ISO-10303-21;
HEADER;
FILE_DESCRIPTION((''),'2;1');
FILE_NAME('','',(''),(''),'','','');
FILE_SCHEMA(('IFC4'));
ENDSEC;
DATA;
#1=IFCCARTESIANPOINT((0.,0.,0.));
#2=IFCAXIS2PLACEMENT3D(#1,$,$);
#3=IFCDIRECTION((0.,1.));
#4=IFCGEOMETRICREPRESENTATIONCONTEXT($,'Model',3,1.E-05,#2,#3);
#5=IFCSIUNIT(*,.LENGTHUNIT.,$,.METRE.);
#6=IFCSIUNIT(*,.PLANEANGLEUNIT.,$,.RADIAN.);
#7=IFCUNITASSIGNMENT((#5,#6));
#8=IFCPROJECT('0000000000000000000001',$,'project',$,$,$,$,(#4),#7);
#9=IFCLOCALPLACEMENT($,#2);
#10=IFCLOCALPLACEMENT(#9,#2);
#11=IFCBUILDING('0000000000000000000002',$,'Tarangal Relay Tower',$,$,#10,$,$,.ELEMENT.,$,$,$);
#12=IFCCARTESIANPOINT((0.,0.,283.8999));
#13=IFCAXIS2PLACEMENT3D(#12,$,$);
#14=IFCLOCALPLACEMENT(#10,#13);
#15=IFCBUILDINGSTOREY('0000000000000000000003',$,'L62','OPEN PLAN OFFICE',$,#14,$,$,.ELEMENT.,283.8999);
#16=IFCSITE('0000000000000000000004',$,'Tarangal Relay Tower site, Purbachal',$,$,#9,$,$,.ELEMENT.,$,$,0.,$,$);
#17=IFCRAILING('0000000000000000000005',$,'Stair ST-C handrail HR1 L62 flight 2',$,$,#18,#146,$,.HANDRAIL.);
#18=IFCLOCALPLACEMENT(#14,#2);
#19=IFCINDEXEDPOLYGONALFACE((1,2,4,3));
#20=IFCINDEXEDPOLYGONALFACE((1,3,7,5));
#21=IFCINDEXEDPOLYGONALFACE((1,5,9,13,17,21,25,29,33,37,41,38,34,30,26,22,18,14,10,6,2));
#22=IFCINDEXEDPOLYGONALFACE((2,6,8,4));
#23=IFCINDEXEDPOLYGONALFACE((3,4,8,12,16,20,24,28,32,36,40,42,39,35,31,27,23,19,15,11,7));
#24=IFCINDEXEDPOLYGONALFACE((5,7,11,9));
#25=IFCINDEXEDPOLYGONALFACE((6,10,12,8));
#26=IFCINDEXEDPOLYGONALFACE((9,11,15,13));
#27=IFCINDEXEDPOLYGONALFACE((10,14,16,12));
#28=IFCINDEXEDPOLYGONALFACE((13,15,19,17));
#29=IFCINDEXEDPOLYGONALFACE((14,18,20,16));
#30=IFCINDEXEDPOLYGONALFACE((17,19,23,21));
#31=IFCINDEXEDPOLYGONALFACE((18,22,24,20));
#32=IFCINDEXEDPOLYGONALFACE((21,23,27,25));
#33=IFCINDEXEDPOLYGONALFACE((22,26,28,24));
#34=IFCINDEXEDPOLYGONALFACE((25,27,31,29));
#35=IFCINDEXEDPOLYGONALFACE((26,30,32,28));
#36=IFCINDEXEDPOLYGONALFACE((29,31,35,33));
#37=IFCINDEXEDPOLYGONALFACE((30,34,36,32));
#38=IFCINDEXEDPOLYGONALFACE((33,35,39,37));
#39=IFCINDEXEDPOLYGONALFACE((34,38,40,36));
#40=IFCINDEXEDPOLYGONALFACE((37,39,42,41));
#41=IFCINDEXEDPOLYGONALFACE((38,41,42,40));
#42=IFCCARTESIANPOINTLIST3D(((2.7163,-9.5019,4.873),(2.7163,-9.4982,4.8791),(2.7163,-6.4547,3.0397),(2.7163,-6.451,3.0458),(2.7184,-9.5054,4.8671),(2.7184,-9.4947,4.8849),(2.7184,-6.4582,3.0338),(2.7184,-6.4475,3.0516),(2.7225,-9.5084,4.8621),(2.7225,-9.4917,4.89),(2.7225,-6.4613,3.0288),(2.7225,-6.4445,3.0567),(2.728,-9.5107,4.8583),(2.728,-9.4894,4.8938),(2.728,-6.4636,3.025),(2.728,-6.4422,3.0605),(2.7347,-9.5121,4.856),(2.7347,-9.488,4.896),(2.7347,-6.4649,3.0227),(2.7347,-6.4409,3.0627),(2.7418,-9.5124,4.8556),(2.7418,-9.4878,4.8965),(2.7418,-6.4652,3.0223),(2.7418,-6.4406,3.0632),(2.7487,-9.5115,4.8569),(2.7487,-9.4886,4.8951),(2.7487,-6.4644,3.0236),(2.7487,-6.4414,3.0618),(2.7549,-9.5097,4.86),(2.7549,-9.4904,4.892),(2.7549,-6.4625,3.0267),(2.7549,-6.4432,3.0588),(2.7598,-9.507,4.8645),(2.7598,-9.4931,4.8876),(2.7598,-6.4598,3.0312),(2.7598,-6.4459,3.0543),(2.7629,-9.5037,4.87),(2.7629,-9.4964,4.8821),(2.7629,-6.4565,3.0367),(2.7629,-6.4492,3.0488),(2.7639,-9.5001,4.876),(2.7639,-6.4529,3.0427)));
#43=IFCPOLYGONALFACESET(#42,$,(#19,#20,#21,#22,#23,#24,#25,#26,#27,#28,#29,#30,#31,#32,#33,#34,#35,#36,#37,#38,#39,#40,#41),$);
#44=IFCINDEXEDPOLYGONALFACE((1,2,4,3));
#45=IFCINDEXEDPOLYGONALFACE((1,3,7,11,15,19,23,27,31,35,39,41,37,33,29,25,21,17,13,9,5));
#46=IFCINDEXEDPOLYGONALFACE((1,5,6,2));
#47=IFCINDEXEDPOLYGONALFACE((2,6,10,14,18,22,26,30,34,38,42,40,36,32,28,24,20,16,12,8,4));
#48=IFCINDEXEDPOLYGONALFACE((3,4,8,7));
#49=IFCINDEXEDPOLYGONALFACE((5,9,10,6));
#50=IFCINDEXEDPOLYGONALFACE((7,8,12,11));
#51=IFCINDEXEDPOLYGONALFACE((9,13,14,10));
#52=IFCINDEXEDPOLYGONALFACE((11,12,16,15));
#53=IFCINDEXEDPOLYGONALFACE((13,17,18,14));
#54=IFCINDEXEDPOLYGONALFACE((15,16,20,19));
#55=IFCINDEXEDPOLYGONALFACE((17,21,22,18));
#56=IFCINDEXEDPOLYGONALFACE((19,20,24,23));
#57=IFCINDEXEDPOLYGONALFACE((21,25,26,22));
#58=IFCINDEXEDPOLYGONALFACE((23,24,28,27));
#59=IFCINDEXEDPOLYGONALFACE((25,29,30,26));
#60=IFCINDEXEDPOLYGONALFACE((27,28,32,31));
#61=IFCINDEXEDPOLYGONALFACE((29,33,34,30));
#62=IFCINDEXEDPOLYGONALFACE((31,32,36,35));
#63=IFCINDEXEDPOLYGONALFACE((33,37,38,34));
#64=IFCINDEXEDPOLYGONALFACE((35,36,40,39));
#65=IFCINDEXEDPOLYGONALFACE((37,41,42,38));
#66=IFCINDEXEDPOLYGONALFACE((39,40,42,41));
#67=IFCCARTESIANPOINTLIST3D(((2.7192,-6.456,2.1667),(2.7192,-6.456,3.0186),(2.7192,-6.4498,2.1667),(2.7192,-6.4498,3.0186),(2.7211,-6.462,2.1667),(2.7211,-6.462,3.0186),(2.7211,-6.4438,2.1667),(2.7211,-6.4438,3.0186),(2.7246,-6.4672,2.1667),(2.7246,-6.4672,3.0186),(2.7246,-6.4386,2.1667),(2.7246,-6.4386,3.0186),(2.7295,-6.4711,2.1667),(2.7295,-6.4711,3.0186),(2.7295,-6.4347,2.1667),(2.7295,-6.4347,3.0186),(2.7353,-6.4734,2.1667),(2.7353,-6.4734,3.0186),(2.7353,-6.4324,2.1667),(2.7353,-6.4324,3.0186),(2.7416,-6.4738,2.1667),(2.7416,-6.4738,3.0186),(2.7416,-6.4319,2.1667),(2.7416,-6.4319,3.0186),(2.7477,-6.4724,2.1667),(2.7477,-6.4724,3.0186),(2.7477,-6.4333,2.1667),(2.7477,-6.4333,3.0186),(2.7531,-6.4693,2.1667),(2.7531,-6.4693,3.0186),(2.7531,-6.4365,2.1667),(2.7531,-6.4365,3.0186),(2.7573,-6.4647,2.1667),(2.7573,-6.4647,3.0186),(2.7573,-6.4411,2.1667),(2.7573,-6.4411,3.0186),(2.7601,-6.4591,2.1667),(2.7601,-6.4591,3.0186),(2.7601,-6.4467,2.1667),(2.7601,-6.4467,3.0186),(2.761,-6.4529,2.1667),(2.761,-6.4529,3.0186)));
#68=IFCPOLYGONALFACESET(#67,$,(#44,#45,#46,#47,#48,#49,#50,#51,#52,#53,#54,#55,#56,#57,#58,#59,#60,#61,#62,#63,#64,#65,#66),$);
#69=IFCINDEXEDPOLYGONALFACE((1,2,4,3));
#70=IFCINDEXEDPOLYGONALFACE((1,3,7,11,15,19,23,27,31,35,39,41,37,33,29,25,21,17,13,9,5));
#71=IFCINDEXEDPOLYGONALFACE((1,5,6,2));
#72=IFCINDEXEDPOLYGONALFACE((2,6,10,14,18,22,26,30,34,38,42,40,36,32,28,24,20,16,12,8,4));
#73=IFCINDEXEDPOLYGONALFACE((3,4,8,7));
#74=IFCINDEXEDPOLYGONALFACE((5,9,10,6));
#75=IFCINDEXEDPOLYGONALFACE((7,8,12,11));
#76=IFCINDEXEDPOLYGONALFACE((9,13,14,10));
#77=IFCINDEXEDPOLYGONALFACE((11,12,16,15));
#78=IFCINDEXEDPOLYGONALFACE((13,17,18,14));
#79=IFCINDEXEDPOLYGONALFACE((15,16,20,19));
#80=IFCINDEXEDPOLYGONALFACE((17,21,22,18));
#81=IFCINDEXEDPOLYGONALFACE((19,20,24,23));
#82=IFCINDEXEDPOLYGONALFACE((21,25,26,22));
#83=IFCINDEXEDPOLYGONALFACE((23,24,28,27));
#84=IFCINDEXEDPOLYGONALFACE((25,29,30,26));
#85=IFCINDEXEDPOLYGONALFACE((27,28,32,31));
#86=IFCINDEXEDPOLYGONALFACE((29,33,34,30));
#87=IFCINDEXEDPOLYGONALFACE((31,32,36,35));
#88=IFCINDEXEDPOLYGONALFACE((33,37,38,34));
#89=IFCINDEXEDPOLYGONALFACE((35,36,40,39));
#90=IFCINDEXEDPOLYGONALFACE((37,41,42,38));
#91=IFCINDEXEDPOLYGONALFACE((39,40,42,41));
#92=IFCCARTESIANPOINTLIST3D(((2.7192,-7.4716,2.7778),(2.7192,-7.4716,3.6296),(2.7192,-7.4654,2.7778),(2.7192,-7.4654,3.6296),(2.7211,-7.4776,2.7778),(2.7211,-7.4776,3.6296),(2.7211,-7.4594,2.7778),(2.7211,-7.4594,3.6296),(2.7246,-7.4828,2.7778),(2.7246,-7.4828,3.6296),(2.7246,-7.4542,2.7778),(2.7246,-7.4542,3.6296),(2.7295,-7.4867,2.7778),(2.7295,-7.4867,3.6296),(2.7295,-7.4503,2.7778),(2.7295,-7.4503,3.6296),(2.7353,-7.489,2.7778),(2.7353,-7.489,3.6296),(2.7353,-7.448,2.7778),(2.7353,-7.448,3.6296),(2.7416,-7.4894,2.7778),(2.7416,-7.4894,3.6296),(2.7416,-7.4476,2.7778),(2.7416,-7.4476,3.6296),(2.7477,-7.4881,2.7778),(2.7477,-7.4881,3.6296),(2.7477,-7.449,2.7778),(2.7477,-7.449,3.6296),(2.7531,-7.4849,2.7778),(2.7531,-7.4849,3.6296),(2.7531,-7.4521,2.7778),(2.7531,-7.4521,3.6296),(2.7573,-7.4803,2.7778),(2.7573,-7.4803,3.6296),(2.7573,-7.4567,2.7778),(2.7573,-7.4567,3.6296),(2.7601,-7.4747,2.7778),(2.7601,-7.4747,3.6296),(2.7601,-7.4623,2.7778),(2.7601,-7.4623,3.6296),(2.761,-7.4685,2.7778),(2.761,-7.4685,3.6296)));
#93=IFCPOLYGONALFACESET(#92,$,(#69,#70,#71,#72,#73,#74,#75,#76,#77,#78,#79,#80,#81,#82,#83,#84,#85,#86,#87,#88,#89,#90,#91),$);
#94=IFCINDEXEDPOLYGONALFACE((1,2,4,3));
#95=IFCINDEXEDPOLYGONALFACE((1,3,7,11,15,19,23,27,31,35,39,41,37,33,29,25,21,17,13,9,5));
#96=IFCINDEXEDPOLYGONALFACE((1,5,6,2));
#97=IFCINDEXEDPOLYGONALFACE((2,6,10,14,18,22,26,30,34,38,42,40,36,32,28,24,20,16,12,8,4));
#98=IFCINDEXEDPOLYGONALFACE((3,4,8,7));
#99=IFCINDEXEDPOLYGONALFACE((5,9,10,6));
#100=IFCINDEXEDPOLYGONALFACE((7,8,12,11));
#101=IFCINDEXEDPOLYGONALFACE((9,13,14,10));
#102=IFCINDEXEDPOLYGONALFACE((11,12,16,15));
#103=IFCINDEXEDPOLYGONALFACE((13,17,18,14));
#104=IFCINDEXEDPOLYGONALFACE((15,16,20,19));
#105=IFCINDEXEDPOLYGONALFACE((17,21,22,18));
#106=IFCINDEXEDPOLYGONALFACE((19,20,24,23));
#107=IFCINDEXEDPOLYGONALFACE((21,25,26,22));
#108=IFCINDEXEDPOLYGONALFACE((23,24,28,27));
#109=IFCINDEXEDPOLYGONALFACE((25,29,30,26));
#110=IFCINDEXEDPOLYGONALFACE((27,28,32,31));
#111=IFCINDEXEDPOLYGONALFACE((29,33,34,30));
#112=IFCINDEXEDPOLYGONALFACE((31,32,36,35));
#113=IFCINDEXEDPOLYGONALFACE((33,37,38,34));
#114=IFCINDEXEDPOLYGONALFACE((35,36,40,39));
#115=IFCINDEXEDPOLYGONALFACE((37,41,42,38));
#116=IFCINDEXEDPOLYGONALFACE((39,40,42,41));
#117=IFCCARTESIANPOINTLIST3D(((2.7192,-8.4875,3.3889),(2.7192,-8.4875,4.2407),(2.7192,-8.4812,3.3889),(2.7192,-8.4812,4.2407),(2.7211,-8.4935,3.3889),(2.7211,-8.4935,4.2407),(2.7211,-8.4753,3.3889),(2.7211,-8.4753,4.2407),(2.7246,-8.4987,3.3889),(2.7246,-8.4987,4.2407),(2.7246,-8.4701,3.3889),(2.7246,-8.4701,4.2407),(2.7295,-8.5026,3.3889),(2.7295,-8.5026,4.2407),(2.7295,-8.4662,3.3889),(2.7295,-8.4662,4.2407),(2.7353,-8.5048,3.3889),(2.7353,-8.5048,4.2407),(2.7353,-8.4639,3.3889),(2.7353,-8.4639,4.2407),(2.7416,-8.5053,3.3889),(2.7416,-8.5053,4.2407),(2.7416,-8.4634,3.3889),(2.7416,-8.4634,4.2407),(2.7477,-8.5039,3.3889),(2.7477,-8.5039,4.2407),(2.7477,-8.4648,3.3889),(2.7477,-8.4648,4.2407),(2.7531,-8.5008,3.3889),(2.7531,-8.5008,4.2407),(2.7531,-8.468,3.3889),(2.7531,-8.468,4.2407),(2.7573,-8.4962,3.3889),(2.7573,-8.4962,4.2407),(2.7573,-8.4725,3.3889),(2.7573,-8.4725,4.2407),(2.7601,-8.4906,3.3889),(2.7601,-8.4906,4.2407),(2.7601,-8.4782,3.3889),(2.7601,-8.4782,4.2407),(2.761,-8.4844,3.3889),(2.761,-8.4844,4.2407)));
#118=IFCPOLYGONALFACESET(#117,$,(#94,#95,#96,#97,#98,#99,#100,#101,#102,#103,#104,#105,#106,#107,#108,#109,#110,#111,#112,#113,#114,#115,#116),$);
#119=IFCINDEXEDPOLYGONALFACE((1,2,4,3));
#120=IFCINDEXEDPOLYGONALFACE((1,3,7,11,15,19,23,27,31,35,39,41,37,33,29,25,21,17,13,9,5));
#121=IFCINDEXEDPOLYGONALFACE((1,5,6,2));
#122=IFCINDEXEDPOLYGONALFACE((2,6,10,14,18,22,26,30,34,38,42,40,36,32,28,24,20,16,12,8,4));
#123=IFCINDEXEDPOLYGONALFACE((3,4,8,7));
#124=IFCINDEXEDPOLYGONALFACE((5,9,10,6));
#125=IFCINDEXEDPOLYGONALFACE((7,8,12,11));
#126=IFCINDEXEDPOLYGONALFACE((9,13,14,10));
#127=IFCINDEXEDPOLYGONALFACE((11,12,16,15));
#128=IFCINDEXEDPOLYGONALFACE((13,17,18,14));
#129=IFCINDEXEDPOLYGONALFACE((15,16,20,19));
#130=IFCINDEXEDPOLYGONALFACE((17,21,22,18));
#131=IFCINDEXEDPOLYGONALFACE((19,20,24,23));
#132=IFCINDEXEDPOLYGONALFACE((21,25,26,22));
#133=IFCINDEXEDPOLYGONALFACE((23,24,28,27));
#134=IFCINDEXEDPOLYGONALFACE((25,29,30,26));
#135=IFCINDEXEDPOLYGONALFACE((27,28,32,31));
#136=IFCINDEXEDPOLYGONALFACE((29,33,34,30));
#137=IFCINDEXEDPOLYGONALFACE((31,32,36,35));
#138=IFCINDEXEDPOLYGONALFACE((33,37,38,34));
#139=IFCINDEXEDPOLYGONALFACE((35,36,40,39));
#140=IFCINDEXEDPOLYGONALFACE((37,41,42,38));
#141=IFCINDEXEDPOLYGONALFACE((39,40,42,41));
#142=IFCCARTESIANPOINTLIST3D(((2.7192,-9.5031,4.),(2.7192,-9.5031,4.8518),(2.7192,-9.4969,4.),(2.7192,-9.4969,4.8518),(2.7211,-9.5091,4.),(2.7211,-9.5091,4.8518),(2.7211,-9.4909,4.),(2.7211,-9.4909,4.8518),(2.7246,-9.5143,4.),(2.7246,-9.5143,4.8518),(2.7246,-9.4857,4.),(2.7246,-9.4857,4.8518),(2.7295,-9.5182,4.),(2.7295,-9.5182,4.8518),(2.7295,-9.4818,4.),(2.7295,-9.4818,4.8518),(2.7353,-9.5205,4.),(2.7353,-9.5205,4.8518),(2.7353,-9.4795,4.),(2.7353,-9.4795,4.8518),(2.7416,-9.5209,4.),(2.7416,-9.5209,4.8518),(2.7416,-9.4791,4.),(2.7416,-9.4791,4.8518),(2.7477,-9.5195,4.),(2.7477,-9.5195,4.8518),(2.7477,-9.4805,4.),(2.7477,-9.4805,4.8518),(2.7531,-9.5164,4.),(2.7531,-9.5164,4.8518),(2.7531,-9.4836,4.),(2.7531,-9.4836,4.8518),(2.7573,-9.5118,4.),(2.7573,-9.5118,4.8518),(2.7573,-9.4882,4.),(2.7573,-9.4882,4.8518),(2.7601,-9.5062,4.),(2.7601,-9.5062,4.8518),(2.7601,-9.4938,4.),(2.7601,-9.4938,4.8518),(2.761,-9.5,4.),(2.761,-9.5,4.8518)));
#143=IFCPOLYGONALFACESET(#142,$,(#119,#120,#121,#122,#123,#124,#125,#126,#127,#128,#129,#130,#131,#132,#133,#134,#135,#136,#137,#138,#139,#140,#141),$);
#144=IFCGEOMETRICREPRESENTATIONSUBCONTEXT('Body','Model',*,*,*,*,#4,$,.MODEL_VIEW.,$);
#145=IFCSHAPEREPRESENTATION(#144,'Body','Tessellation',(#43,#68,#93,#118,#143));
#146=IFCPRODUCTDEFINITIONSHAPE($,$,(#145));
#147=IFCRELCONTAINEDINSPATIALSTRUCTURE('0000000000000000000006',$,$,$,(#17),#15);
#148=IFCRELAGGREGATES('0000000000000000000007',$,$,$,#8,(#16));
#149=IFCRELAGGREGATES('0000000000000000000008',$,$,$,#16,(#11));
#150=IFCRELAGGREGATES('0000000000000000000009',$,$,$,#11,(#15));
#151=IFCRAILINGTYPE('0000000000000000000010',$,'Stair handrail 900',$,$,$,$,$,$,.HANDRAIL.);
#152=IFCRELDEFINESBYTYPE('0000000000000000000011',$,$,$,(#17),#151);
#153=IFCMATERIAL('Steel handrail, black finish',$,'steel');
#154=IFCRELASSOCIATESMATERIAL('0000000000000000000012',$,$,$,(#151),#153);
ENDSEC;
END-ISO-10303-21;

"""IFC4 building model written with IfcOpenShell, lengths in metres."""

from ifc_helpers import new_model, si_unit, direction, frame, origin, origin_2d, place, context, subcontext, project, spatial, circle, extrude, material, type_object, element, save


model = new_model("IFC4")

# Units and contexts
model_context = context("Model", 3, precision=1e-05, world=origin(), true_north=direction((0.0, 1.0)))
body_context = subcontext(model_context, "Body", "Model", "MODEL_VIEW")
ifc_project = project(units=[si_unit("LENGTHUNIT", "METRE"), si_unit("PLANEANGLEUNIT", "RADIAN")], contexts=[model_context])

# Site, building, storey
site_placement = place(None, origin())
site = spatial("IfcSite", under=ifc_project, at=site_placement, Name="Tarangal Relay Tower site, Purbachal", CompositionType="ELEMENT", RefElevation=0.0)
building_placement = place(site_placement, origin())
building = spatial("IfcBuilding", under=site, at=building_placement, Name="Tarangal Relay Tower", CompositionType="ELEMENT")
storey_placement = place(building_placement, frame((0.0, 0.0, 283.8999)))
storey = spatial("IfcBuildingStorey", under=building, at=storey_placement, Name="L62", Description="OPEN PLAN OFFICE", CompositionType="ELEMENT", Elevation=283.8999)

# Railing
ifc_material_1 = material(Name="Steel handrail, black finish", Category="steel")
railing_type_1 = type_object("IfcRailingType", Name="Stair handrail 900", PredefinedType="HANDRAIL", material=ifc_material_1)
railing_1_placement = place(storey_placement, frame((2.74, -6.4529, 2.1667)))
element("IfcRailing", 1, at=railing_1_placement, inside=storey, type_object=railing_type_1, Name="Stair ST-C handrail HR1 L62 flight 2", PredefinedType="HANDRAIL", context=body_context, shape_type="SweptSolid", body=[
    extrude(circle(Radius=0.0239, at=origin_2d()), frame((0.0, 0.0, 0.876), z_axis=(0.0, -0.856874, 0.515525), x_axis=(1.0, 0.0, 0.0)), (0.0, 0.0, 1.0), 3.5562),
    extrude(circle(Radius=0.021, at=origin_2d()), origin(), (0.0, 0.0, 1.0), 0.8518),
    extrude(circle(Radius=0.021, at=origin_2d()), frame((0.0, -1.0156, 0.6111)), (0.0, 0.0, 1.0), 0.8518),
    extrude(circle(Radius=0.021, at=origin_2d()), frame((0.0, -2.0315, 1.2222)), (0.0, 0.0, 1.0), 0.8518),
    extrude(circle(Radius=0.021, at=origin_2d()), frame((0.0, -3.0471, 1.8333)), (0.0, 0.0, 1.0), 0.8518),
])

save(model, "model.ifc")
